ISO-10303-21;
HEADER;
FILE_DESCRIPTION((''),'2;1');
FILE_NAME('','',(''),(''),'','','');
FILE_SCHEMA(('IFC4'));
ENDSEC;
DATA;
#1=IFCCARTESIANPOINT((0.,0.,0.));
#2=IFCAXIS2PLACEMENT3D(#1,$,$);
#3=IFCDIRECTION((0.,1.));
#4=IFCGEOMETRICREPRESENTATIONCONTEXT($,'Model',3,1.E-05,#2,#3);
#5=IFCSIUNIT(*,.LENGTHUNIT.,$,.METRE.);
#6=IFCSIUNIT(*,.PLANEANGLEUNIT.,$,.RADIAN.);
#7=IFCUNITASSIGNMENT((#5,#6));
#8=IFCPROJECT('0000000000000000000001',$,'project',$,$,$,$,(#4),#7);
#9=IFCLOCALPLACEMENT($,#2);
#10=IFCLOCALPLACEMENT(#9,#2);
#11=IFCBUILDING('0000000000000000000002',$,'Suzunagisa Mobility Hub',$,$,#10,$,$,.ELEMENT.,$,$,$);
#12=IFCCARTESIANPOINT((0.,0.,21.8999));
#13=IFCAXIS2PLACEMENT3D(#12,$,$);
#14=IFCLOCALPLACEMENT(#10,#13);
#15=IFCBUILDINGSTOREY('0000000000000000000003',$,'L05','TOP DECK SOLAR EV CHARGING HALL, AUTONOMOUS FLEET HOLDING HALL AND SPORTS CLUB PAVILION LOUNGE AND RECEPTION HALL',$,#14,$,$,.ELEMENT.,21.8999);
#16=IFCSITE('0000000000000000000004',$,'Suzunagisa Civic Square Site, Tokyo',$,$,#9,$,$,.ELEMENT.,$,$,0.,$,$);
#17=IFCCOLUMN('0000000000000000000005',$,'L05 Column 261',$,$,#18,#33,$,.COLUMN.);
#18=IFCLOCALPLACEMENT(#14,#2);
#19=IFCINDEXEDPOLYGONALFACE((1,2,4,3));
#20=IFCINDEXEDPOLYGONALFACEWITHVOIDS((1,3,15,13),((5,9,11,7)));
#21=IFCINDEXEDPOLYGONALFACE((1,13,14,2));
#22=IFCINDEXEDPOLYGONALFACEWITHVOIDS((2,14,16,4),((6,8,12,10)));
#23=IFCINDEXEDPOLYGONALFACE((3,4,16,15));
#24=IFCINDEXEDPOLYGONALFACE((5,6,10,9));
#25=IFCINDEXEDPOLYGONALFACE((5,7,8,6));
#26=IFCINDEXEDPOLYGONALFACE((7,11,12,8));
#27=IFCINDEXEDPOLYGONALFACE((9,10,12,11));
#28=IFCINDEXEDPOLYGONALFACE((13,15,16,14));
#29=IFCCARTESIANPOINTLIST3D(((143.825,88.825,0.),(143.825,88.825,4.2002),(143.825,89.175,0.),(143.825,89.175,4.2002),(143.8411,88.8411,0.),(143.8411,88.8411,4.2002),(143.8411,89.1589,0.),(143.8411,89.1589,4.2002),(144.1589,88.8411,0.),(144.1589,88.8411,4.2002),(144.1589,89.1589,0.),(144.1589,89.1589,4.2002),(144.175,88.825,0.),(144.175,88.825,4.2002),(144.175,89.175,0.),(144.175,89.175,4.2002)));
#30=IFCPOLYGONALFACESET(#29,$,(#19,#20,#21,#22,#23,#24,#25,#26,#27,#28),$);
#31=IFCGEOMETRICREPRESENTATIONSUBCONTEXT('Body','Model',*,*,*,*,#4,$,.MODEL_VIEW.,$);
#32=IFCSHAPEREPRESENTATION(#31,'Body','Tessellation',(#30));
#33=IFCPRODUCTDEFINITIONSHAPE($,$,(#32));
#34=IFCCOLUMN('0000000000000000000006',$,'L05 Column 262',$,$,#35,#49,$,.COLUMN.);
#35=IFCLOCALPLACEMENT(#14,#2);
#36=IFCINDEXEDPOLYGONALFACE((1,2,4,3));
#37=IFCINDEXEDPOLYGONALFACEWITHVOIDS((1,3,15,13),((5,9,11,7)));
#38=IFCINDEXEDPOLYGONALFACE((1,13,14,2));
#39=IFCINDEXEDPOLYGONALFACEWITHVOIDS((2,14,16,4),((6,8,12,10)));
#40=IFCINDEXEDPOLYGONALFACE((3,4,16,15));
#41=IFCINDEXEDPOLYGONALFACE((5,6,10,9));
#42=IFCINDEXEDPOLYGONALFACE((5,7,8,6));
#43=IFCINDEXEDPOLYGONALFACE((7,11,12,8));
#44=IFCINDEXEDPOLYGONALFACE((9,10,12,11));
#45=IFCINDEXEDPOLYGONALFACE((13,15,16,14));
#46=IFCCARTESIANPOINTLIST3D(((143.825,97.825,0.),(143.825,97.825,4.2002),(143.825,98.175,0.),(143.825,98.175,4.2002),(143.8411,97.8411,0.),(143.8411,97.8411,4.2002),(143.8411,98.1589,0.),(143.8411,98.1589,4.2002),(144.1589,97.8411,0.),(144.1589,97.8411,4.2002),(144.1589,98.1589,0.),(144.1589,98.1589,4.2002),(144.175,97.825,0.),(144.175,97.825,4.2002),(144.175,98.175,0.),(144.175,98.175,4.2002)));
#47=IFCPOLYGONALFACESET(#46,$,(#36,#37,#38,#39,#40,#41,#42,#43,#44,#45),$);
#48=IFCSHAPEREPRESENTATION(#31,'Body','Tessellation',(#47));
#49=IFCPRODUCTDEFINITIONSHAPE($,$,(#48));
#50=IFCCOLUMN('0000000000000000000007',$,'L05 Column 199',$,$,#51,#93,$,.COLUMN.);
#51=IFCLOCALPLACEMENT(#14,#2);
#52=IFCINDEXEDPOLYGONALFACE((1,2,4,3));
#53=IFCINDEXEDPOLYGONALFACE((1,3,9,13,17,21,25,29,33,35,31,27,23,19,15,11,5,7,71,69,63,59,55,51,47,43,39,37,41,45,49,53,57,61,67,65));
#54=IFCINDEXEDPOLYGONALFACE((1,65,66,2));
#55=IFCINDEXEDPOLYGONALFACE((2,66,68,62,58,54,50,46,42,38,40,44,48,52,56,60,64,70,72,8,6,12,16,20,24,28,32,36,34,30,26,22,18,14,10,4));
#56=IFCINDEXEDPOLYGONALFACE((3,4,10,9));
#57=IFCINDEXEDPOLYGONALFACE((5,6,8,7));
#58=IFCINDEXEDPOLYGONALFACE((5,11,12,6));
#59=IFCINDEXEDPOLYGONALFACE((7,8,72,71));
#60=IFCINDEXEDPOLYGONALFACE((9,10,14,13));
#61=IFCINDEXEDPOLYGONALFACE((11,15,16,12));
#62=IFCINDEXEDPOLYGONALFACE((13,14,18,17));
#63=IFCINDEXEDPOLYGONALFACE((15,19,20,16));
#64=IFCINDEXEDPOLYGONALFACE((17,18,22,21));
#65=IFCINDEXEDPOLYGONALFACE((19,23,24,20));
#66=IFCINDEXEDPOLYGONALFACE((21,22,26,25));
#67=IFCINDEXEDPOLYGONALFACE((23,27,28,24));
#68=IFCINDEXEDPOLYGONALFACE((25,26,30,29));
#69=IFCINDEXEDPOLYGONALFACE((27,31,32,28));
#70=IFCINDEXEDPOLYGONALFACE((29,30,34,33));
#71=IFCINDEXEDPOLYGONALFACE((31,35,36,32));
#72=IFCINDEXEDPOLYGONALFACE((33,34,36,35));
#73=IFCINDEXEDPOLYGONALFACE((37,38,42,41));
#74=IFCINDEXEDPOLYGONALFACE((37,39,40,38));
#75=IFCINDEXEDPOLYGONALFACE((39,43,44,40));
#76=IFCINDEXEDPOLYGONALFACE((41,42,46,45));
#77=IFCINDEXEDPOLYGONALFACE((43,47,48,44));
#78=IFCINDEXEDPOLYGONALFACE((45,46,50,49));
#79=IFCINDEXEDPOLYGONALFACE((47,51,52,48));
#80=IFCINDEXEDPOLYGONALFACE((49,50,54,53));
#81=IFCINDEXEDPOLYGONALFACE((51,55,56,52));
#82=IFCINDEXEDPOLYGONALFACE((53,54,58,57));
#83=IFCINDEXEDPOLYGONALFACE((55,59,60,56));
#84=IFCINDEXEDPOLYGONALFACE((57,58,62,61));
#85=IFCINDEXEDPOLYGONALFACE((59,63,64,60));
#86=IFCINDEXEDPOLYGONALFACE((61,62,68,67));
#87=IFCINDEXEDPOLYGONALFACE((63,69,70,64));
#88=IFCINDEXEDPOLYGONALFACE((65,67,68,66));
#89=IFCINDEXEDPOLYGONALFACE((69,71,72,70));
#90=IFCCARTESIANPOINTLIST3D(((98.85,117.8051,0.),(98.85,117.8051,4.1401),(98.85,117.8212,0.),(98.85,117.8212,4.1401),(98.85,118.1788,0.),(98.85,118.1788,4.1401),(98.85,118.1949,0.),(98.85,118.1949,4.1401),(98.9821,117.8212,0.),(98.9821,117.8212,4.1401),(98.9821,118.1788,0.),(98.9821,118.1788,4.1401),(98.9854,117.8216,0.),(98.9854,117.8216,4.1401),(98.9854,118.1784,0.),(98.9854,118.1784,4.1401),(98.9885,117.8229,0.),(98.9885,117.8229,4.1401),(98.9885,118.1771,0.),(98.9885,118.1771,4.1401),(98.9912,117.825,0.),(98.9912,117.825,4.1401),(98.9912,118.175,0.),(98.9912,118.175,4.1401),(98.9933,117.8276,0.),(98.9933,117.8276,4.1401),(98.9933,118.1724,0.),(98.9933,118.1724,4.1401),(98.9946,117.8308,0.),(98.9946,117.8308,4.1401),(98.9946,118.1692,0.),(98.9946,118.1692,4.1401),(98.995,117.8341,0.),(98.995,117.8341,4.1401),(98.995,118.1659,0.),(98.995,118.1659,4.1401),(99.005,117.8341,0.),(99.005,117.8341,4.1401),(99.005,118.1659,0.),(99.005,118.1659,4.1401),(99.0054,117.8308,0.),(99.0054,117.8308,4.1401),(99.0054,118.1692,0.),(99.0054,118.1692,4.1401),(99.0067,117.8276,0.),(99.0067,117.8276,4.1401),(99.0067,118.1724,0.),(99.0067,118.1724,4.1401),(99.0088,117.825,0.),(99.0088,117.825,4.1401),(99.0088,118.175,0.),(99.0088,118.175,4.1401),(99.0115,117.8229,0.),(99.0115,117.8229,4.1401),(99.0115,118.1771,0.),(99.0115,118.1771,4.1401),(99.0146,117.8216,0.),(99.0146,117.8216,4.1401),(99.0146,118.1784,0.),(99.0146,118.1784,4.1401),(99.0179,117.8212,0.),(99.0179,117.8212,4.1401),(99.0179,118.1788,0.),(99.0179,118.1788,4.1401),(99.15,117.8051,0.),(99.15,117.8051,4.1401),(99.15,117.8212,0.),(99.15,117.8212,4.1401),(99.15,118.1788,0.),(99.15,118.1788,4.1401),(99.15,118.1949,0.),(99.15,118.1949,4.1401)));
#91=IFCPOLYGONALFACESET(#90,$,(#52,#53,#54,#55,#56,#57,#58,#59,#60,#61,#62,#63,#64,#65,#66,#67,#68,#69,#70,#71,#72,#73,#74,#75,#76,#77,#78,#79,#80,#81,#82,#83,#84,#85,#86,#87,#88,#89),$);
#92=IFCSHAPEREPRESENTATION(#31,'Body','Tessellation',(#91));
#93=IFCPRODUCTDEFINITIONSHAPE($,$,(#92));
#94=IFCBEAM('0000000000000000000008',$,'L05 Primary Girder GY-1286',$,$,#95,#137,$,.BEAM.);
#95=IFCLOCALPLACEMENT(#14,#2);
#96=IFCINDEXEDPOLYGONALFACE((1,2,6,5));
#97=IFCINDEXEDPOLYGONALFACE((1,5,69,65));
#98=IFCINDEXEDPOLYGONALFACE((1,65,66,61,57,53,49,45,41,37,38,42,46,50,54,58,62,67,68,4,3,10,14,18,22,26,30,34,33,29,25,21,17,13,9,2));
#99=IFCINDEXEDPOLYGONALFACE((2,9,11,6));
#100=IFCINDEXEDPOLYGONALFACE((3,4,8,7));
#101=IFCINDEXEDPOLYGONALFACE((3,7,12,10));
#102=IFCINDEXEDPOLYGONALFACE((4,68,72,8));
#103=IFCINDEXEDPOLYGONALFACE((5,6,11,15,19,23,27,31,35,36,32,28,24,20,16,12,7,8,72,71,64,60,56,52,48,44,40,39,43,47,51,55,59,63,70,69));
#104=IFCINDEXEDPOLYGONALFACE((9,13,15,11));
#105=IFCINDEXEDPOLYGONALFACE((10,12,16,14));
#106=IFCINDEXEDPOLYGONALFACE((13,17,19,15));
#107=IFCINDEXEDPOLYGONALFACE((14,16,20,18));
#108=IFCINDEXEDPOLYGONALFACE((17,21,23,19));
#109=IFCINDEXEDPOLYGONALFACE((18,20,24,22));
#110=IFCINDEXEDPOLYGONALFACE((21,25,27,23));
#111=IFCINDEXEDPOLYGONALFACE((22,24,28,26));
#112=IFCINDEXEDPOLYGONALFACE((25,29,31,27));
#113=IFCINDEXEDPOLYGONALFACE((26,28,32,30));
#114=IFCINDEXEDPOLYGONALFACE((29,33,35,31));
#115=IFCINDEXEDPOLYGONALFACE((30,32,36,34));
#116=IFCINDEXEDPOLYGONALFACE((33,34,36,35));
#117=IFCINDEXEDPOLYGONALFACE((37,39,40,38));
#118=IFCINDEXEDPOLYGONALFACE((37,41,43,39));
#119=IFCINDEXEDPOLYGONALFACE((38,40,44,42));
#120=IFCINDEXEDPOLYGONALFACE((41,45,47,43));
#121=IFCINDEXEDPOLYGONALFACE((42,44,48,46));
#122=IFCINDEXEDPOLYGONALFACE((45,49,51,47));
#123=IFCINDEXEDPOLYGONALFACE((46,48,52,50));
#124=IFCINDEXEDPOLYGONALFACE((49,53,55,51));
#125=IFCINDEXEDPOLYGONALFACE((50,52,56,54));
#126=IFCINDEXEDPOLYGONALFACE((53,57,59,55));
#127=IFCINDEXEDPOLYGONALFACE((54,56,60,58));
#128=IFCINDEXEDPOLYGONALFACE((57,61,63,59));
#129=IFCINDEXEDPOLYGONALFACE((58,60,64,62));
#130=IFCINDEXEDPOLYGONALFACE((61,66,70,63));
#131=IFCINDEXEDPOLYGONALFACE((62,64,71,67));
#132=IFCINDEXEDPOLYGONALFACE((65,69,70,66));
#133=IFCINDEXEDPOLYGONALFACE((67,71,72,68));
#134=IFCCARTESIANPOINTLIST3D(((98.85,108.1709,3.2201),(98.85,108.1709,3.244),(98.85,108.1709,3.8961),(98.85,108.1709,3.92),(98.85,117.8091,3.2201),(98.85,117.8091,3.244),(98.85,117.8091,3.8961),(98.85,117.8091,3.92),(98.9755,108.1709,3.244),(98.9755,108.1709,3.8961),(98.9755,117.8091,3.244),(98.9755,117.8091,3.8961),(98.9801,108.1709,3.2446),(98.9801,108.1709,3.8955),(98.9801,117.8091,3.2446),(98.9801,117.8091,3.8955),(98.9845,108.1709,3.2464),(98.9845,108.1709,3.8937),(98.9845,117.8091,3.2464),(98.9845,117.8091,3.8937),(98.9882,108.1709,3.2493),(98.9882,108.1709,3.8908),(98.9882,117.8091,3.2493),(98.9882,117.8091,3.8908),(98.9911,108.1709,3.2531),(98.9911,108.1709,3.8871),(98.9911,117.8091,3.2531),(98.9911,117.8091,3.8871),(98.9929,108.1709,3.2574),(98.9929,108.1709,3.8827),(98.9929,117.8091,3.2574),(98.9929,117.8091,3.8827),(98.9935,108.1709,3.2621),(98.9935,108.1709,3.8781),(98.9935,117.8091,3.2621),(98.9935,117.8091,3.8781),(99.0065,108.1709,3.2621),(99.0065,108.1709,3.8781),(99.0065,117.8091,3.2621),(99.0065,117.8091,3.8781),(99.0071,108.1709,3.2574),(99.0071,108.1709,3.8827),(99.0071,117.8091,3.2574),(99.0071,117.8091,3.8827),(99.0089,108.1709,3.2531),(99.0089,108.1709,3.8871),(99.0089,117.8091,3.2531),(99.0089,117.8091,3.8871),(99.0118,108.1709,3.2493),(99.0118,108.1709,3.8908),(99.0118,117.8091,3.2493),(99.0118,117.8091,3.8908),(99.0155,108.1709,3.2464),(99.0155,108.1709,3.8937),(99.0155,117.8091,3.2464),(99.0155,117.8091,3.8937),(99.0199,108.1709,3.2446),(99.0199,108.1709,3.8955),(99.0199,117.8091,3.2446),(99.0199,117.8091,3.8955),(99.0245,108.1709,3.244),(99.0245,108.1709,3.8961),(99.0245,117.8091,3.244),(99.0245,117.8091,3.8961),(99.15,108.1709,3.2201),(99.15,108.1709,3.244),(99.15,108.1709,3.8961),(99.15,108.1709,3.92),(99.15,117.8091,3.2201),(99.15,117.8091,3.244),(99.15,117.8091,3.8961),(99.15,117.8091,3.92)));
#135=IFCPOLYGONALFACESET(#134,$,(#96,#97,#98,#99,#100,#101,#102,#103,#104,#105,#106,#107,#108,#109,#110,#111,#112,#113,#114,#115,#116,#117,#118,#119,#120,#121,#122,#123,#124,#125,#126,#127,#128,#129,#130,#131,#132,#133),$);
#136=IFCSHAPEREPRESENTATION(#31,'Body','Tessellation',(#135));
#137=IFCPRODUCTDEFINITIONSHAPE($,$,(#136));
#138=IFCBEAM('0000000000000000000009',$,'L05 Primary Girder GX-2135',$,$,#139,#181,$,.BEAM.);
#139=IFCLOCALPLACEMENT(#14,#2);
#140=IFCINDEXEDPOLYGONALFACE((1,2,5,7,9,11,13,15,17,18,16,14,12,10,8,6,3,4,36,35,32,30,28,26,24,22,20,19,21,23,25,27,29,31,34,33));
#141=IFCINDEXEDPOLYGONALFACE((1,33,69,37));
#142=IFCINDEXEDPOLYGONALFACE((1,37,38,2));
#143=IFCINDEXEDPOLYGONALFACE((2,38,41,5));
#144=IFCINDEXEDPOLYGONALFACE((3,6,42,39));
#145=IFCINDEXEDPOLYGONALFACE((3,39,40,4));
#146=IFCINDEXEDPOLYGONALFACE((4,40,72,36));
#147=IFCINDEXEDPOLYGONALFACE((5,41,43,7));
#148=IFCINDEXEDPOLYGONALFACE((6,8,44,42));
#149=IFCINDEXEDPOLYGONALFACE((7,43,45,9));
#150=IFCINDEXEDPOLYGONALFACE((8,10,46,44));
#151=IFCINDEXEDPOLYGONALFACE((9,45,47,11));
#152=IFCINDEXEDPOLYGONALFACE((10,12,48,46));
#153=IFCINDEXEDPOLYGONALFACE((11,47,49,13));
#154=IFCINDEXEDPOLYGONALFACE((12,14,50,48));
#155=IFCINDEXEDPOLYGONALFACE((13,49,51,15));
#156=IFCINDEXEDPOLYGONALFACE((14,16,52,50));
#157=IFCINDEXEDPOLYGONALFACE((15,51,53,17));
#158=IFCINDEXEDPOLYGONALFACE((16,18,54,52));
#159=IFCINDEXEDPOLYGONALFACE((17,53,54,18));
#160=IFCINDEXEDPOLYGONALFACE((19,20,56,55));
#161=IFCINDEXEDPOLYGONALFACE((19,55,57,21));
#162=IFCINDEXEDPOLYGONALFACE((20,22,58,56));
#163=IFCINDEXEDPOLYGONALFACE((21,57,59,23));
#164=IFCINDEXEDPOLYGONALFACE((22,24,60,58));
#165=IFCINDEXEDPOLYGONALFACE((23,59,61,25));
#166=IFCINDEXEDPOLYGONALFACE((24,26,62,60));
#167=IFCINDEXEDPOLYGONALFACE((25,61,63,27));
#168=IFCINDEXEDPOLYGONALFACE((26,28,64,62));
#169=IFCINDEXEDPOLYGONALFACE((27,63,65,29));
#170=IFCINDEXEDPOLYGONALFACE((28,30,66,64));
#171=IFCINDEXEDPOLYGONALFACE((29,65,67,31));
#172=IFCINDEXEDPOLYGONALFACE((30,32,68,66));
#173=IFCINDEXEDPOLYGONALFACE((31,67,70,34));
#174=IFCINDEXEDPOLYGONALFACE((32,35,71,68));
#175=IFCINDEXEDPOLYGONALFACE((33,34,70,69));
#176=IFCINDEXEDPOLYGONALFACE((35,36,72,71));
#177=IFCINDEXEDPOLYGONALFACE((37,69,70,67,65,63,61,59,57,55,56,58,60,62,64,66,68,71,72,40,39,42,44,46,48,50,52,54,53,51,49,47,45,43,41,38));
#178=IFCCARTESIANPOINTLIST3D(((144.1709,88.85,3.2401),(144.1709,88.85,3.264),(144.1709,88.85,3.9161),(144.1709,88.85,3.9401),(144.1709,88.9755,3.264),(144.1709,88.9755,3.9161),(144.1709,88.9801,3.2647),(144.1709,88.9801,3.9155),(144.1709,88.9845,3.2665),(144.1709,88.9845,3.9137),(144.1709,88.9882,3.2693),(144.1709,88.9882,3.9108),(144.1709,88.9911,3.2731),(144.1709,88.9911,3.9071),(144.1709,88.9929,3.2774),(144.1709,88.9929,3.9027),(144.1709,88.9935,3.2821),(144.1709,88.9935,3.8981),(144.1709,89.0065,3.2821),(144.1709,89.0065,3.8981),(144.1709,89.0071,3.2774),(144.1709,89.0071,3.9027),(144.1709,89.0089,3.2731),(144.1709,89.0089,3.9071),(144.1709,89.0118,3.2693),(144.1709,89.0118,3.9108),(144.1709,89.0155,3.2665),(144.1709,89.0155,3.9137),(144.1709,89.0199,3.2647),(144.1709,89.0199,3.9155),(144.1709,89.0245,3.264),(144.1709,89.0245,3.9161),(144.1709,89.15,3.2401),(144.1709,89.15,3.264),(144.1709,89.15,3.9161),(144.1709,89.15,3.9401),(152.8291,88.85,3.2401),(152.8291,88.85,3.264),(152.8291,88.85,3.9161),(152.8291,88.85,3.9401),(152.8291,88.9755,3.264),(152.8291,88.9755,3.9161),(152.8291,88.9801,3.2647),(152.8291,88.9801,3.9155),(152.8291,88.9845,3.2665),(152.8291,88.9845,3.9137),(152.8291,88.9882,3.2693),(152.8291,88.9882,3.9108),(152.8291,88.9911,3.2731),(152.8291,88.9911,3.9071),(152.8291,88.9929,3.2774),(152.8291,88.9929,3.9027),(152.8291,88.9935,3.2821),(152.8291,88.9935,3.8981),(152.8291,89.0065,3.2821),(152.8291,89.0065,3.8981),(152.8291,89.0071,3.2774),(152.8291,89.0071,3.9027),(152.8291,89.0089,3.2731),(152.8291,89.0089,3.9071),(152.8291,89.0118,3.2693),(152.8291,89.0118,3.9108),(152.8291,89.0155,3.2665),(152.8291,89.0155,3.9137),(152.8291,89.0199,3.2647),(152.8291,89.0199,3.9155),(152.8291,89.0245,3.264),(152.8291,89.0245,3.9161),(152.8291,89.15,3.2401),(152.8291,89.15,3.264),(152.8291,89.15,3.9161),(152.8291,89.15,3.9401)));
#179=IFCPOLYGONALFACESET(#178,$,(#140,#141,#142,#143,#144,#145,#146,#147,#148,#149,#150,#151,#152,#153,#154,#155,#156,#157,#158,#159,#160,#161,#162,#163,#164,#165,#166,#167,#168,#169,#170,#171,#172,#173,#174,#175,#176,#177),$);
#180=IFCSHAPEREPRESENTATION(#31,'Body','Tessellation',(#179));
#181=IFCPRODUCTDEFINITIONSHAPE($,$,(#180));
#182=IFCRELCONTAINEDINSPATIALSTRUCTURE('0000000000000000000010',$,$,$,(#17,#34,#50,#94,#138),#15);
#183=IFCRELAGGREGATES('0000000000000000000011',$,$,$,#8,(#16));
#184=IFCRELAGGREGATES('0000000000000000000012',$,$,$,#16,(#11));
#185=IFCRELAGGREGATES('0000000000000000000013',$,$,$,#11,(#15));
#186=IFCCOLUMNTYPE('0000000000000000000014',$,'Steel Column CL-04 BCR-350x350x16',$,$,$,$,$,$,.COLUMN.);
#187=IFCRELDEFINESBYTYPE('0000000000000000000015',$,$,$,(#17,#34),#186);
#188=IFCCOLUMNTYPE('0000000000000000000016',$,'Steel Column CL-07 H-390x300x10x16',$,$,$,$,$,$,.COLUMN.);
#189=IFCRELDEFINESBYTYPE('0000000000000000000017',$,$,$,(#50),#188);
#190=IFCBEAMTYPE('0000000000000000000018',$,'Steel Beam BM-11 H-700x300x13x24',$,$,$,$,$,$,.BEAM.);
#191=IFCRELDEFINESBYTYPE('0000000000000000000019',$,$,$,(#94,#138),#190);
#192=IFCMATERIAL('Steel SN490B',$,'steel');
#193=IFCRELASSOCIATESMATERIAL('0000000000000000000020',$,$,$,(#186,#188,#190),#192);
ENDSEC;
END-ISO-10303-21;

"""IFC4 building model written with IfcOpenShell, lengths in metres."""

from ifc_helpers import new_model, si_unit, direction, frame, origin, origin_2d, place, context, subcontext, project, spatial, hollow_rectangle, i_section, extrude, material, material_profile, profile_set, type_object, element, save


model = new_model("IFC4")

# Units and contexts
model_context = context("Model", 3, precision=1e-05, world=origin(), true_north=direction((0.0, 1.0)))
body_context = subcontext(model_context, "Body", "Model", "MODEL_VIEW")
ifc_project = project(units=[si_unit("LENGTHUNIT", "METRE"), si_unit("PLANEANGLEUNIT", "RADIAN")], contexts=[model_context])

# Site, building, storey
site_placement = place(None, origin())
site = spatial("IfcSite", under=ifc_project, at=site_placement, Name="Suzunagisa Civic Square Site, Tokyo", CompositionType="ELEMENT", RefElevation=0.0)
building_placement = place(site_placement, origin())
building = spatial("IfcBuilding", under=site, at=building_placement, Name="Suzunagisa Mobility Hub", CompositionType="ELEMENT")
storey_placement = place(building_placement, frame((0.0, 0.0, 21.8999)))
storey = spatial("IfcBuildingStorey", under=building, at=storey_placement, Name="L05", Description="TOP DECK SOLAR EV CHARGING HALL, AUTONOMOUS FLEET HOLDING HALL AND SPORTS CLUB PAVILION LOUNGE AND RECEPTION HALL", CompositionType="ELEMENT", Elevation=21.8999)

# Columns
ifc_material_1 = material(Name="Steel SN490B", Category="steel")
ifc_material_profile_1 = material_profile(ifc_material_1, hollow_rectangle(XDim=0.3501, YDim=0.3501, WallThickness=0.0161, at=origin_2d()), Name="BCR-350x350x16")
ifc_profile_set_1 = profile_set([ifc_material_profile_1], Name="Steel SN490B")
column_type_1 = type_object("IfcColumnType", Name="Steel Column CL-04 BCR-350x350x16", PredefinedType="COLUMN", material=ifc_profile_set_1)
for number, where, z_axis, x_axis, name in (
    (1, (144.0, 89.0, 0.0), (0.0, 0.0, 1.0), (1.0, 0.0, 0.0), "L05 Column 261"),
    (2, (144.0, 98.0, 0.0), (0.0, 0.0, 1.0), (1.0, 0.0, 0.0), "L05 Column 262"),
):
    element("IfcColumn", number, at=place(storey_placement, frame(where, z_axis=z_axis, x_axis=x_axis)), inside=storey, type_object=column_type_1, Name=name, PredefinedType="COLUMN", context=body_context, shape_type="SweptSolid", body=[
        extrude(hollow_rectangle(XDim=0.3501, YDim=0.3501, WallThickness=0.0161, at=origin_2d()), origin(), (0.0, 0.0, 1.0), 4.2002),
    ])
ifc_material_profile_2 = material_profile(ifc_material_1, i_section(OverallWidth=0.3, OverallDepth=0.3899, WebThickness=0.01, FlangeThickness=0.0161, FilletRadius=0.0129, at=origin_2d()), Name="H-390x300x10x16")
ifc_profile_set_2 = profile_set([ifc_material_profile_2], Name="Steel SN490B")
column_type_2 = type_object("IfcColumnType", Name="Steel Column CL-07 H-390x300x10x16", PredefinedType="COLUMN", material=ifc_profile_set_2)
column_placement = place(storey_placement, frame((99.0, 118.0, 0.0), z_axis=(0.0, 0.0, 1.0), x_axis=(1.0, 0.0, 0.0)))
element("IfcColumn", 3, at=column_placement, inside=storey, type_object=column_type_2, Name="L05 Column 199", PredefinedType="COLUMN", context=body_context, shape_type="SweptSolid", body=[
    extrude(i_section(OverallWidth=0.3, OverallDepth=0.3899, WebThickness=0.01, FlangeThickness=0.0161, FilletRadius=0.0129, at=origin_2d()), origin(), (0.0, 0.0, 1.0), 4.1401),
])

# Beams
ifc_material_profile_3 = material_profile(ifc_material_1, i_section(OverallWidth=0.3, OverallDepth=0.7, WebThickness=0.0129, FlangeThickness=0.0239, FilletRadius=0.0181, at=origin_2d()), Name="H-700x300x13x24")
ifc_profile_set_3 = profile_set([ifc_material_profile_3], Name="Steel SN490B")
beam_type_1 = type_object("IfcBeamType", Name="Steel Beam BM-11 H-700x300x13x24", PredefinedType="BEAM", material=ifc_profile_set_3)
beam_1_placement = place(storey_placement, frame((99.0, 108.1709, 3.5701), z_axis=(0.0, 1.0, 0.0), x_axis=(-1.0, 0.0, 0.0)))
element("IfcBeam", 4, at=beam_1_placement, inside=storey, type_object=beam_type_1, Name="L05 Primary Girder GY-1286", PredefinedType="BEAM", context=body_context, shape_type="SweptSolid", body=[
    extrude(i_section(OverallWidth=0.3, OverallDepth=0.7, WebThickness=0.0129, FlangeThickness=0.0239, FilletRadius=0.0181, at=origin_2d()), origin(), (0.0, 0.0, 1.0), 9.6382),
])
beam_2_placement = place(storey_placement, frame((144.1709, 89.0, 3.5901), z_axis=(1.0, 0.0, 0.0), x_axis=(0.0, 1.0, 0.0)))
element("IfcBeam", 5, at=beam_2_placement, inside=storey, type_object=beam_type_1, Name="L05 Primary Girder GX-2135", PredefinedType="BEAM", context=body_context, shape_type="SweptSolid", body=[
    extrude(i_section(OverallWidth=0.3, OverallDepth=0.7, WebThickness=0.0129, FlangeThickness=0.0239, FilletRadius=0.0181, at=origin_2d()), origin(), (0.0, 0.0, 1.0), 8.6582),
])

save(model, "model.ifc")
